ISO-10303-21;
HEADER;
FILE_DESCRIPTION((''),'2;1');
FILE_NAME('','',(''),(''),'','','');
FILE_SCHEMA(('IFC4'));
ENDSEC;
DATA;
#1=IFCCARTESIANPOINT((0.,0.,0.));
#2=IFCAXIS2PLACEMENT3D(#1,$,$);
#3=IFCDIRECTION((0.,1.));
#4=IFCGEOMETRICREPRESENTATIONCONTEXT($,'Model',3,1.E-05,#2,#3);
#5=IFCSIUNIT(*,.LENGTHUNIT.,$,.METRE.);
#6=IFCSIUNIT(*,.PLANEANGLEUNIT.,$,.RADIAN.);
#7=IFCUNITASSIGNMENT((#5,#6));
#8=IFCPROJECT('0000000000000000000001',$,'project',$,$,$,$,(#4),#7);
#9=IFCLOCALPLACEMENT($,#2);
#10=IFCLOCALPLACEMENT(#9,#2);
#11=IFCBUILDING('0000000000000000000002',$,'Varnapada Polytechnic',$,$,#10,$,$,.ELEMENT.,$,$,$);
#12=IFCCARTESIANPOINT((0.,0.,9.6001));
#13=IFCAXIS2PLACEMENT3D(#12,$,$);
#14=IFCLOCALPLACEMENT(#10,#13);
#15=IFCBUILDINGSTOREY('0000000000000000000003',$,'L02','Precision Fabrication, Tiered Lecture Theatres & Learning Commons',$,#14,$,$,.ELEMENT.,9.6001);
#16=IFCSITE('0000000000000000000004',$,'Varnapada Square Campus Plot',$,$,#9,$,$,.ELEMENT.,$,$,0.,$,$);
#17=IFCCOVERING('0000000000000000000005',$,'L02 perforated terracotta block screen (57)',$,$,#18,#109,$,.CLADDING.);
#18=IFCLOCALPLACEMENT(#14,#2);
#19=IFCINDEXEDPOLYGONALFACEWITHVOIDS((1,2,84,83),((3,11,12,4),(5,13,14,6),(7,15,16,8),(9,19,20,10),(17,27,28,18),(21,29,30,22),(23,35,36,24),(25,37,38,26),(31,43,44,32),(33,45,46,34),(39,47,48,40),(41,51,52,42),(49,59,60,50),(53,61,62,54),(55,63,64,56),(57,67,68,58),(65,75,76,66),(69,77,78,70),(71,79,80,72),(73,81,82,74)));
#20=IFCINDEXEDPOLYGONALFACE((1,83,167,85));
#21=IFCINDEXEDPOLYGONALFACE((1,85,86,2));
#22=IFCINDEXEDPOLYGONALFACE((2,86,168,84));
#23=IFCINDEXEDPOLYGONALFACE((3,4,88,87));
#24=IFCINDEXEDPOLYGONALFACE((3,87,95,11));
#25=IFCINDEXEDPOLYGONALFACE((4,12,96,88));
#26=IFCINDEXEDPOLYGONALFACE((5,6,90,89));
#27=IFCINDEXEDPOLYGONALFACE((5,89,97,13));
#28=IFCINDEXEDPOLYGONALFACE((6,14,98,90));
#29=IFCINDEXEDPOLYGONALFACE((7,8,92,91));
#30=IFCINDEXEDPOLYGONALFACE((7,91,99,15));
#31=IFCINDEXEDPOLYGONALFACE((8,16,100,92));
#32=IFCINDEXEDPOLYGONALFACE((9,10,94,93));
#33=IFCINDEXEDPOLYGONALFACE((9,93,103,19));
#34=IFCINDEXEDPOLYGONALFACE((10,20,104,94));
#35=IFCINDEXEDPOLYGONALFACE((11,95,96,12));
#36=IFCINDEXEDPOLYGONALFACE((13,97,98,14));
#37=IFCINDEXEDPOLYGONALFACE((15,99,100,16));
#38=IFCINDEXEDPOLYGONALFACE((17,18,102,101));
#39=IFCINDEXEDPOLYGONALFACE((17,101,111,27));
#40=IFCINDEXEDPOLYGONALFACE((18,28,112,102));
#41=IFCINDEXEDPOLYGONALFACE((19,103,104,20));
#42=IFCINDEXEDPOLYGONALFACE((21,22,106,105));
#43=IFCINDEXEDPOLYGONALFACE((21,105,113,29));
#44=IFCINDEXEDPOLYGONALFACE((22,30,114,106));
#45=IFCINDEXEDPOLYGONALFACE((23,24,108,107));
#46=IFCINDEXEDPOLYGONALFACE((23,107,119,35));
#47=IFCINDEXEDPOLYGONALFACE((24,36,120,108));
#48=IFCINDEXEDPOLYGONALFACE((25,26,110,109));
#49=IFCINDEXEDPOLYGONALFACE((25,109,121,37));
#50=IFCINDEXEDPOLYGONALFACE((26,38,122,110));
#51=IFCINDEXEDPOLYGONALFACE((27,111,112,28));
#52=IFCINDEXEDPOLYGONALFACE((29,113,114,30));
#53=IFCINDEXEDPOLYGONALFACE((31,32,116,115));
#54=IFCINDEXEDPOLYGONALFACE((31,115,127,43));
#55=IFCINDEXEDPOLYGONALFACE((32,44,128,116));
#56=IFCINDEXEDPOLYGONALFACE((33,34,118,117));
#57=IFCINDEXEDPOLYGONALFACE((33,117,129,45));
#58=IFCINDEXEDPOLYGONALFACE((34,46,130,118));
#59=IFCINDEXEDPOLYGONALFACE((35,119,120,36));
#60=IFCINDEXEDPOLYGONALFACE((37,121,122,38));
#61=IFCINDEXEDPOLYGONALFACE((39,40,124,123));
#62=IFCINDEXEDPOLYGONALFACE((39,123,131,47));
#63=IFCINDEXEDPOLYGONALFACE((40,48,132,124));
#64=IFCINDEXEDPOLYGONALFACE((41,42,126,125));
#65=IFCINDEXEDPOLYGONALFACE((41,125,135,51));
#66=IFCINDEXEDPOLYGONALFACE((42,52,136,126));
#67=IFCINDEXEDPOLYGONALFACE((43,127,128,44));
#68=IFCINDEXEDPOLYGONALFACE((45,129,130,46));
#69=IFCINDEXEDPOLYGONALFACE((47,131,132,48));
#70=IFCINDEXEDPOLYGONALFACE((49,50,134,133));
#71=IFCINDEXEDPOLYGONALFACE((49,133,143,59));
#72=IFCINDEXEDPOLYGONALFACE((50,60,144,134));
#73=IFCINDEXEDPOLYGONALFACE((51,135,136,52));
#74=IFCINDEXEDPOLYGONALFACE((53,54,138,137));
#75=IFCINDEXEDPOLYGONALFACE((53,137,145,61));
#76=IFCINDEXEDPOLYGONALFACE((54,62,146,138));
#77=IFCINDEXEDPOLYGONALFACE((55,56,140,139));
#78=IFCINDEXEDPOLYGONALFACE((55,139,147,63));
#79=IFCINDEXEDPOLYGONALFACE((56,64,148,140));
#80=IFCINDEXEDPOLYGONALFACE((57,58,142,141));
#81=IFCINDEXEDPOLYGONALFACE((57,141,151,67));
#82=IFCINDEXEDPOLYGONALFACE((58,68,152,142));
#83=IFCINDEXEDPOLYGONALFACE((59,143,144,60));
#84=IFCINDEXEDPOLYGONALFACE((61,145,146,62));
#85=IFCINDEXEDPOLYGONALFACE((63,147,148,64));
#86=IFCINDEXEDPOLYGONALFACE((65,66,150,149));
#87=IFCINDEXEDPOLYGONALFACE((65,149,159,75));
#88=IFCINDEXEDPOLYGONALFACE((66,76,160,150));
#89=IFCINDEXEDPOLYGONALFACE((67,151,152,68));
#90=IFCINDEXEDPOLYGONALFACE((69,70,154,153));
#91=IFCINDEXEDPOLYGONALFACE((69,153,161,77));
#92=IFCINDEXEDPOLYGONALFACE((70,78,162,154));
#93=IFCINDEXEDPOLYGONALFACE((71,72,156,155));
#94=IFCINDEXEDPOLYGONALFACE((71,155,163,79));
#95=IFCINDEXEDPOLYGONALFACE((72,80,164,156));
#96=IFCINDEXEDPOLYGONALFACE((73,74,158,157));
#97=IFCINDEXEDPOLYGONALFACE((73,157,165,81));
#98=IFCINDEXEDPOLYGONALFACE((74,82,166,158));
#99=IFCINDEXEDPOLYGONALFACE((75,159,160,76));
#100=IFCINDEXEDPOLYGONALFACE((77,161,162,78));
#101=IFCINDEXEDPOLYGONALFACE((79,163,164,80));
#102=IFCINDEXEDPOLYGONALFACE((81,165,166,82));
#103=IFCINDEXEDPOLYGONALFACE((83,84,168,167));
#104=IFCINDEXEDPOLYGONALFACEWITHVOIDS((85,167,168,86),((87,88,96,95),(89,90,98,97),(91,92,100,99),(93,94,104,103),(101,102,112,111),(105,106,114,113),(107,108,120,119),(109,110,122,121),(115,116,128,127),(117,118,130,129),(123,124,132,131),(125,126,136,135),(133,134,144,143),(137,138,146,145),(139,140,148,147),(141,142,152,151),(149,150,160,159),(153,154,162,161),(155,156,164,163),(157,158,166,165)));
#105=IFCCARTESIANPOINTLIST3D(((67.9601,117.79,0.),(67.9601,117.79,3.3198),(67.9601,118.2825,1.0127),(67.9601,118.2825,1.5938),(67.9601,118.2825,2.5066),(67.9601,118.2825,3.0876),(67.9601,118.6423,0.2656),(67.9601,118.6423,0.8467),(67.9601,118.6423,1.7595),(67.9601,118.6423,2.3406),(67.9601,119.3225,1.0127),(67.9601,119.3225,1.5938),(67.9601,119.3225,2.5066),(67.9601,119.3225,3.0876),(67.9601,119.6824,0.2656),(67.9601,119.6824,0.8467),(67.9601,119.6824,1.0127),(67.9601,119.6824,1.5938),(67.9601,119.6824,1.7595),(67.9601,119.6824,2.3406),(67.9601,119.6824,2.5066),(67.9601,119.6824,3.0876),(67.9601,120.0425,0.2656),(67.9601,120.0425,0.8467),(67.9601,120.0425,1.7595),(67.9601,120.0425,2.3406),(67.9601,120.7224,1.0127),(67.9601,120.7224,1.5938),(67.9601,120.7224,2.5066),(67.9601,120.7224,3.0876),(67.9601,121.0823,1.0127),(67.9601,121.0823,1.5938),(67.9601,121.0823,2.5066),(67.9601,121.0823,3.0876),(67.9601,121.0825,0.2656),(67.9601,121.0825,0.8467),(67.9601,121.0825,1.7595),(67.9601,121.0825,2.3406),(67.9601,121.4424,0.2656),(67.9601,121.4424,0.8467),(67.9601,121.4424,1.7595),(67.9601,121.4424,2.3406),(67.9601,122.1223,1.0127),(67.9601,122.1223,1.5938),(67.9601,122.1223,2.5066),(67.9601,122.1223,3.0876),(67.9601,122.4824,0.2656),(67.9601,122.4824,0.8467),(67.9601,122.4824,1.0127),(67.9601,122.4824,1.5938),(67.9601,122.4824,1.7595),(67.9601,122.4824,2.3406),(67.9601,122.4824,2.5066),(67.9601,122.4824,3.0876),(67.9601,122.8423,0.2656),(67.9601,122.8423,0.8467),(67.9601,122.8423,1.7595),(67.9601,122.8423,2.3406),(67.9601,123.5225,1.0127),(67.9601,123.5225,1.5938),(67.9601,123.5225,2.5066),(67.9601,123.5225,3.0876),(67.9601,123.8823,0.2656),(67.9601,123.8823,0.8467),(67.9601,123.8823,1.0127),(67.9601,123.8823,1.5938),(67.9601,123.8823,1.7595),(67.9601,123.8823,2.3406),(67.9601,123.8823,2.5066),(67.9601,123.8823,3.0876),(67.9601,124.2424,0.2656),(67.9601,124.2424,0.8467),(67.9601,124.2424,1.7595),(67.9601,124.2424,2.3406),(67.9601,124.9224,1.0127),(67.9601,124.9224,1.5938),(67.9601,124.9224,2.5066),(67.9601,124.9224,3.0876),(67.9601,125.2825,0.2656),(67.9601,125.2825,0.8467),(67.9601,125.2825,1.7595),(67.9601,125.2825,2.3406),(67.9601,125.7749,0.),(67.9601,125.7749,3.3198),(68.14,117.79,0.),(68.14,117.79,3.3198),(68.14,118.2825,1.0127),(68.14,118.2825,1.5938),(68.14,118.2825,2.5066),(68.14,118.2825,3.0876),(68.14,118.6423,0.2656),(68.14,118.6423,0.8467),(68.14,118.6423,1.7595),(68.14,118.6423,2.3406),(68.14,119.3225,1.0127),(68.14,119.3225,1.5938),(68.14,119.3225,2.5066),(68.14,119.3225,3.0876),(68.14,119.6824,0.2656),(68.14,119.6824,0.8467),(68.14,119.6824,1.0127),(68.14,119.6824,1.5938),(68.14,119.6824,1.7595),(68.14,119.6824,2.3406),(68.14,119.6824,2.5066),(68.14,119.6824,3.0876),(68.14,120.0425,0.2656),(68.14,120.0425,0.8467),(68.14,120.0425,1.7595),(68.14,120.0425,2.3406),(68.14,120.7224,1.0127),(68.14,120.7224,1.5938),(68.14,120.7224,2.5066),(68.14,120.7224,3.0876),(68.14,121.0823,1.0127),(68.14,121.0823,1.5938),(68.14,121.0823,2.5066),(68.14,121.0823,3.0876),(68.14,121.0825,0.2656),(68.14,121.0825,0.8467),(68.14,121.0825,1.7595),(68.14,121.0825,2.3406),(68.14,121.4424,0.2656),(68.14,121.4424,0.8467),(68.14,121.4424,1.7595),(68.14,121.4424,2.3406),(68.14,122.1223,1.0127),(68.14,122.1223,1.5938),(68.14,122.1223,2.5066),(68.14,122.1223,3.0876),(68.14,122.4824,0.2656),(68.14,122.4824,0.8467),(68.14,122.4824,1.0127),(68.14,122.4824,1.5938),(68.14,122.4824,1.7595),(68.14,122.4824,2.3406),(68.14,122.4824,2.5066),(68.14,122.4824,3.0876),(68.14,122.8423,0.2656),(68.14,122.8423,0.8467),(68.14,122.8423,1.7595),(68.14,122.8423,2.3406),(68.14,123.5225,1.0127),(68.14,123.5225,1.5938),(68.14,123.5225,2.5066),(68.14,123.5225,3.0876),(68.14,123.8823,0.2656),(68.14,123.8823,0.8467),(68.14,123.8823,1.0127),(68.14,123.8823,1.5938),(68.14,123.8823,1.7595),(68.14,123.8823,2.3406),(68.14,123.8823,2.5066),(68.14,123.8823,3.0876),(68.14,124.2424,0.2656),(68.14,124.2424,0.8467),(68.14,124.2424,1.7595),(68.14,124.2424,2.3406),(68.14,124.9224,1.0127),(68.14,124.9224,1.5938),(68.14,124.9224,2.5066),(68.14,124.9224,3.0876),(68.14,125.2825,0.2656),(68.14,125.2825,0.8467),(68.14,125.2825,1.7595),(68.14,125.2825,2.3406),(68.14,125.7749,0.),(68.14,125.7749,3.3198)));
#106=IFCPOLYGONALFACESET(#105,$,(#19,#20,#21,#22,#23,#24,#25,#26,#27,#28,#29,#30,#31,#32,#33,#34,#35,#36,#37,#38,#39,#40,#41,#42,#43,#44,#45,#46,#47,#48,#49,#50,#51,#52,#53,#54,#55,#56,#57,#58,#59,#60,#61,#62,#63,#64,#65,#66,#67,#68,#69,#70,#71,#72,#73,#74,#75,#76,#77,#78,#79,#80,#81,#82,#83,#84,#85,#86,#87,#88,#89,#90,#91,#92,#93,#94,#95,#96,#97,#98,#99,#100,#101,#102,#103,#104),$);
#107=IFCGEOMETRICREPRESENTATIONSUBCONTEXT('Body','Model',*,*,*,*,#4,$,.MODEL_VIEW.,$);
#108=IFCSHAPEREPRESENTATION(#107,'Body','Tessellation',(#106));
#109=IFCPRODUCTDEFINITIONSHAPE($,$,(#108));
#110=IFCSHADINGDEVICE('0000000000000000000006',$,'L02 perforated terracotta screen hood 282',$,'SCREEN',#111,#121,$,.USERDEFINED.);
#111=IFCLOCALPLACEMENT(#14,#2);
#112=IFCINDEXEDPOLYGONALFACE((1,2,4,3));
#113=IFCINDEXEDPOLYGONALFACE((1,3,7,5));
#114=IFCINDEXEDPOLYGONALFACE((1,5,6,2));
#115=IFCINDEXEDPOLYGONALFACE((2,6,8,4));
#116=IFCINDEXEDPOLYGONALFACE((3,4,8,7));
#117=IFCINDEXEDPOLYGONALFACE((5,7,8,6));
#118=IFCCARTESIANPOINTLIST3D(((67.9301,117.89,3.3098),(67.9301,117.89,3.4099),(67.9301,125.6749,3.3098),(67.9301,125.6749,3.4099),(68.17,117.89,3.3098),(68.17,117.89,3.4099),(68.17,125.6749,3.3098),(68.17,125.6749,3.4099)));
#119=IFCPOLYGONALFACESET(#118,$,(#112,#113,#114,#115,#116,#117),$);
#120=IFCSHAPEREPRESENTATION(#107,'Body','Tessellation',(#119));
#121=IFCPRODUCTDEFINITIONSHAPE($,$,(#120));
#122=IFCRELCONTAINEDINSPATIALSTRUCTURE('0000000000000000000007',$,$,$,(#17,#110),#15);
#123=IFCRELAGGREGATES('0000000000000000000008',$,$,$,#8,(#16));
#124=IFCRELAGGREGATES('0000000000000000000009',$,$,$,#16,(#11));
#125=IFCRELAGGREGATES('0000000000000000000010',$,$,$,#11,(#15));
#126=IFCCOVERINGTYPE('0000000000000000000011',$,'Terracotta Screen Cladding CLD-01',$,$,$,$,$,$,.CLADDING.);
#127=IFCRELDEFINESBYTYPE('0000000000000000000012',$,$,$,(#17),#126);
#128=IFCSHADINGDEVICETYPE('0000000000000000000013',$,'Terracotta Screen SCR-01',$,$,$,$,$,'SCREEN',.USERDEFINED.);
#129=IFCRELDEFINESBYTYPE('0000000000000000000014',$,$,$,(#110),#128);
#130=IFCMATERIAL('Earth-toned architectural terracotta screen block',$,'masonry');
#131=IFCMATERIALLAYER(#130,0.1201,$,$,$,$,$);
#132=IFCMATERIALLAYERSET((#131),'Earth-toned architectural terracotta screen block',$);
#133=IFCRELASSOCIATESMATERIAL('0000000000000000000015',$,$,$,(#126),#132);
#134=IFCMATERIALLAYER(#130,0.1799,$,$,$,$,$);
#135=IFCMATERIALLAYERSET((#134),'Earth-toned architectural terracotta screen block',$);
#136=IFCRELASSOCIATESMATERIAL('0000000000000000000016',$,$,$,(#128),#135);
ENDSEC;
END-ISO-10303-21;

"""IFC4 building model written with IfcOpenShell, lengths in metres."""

from ifc_helpers import new_model, si_unit, direction, frame, frame_2d, origin, origin_2d, place, context, subcontext, project, spatial, rectangle, extrude, material, layer, layer_set, type_object, element, save


model = new_model("IFC4")

# Units and contexts
model_context = context("Model", 3, precision=1e-05, world=origin(), true_north=direction((0.0, 1.0)))
body_context = subcontext(model_context, "Body", "Model", "MODEL_VIEW")
ifc_project = project(units=[si_unit("LENGTHUNIT", "METRE"), si_unit("PLANEANGLEUNIT", "RADIAN")], contexts=[model_context])

# Site, building, storey
site_placement = place(None, origin())
site = spatial("IfcSite", under=ifc_project, at=site_placement, Name="Varnapada Square Campus Plot", CompositionType="ELEMENT", RefElevation=0.0)
building_placement = place(site_placement, origin())
building = spatial("IfcBuilding", under=site, at=building_placement, Name="Varnapada Polytechnic", CompositionType="ELEMENT")
storey_placement = place(building_placement, frame((0.0, 0.0, 9.6001)))
storey = spatial("IfcBuildingStorey", under=building, at=storey_placement, Name="L02", Description="Precision Fabrication, Tiered Lecture Theatres & Learning Commons", CompositionType="ELEMENT", Elevation=9.6001)

# Covering, openings
ifc_material_1 = material(Name="Earth-toned architectural terracotta screen block", Category="masonry")
ifc_layer_1 = layer(ifc_material_1, 0.1201)
ifc_layer_set_1 = layer_set([ifc_layer_1], Name="Earth-toned architectural terracotta screen block")
covering_type = type_object("IfcCoveringType", Name="Terracotta Screen Cladding CLD-01", PredefinedType="CLADDING", material=ifc_layer_set_1)
covering_placement = place(storey_placement, frame((68.05, 125.7749, 0.0), z_axis=(0.0, 0.0, 1.0), x_axis=(0.0, -1.0, 0.0)))
covering = element("IfcCovering", 1, at=covering_placement, inside=storey, type_object=covering_type, Name="L02 perforated terracotta block screen (57)", PredefinedType="CLADDING", context=body_context, shape_type="SweptSolid", body=[
    extrude(rectangle(XDim=7.9849, YDim=0.1799, at=frame_2d((3.9924, 0.0))), origin(), (0.0, 0.0, 1.0), 3.3198),
])
opening_1_placement = place(covering_placement, frame((0.4924, 0.0, 0.2656)))
element("IfcOpeningElement", 2, at=opening_1_placement, cuts=covering, PredefinedType="OPENING", context=body_context, shape_type="SweptSolid", body=[
    extrude(rectangle(XDim=1.04, YDim=0.5811, at=frame_2d((0.52, 0.2905))), frame((0.0, 0.0999, 0.0), z_axis=(0.0, -1.0, 0.0), x_axis=(1.0, 0.0, 0.0)), (0.0, 0.0, 1.0), 0.2),
])
opening_2_placement = place(covering_placement, frame((1.8926, 0.0, 0.2656)))
element("IfcOpeningElement", 3, at=opening_2_placement, cuts=covering, PredefinedType="OPENING", context=body_context, shape_type="SweptSolid", body=[
    extrude(rectangle(XDim=1.04, YDim=0.5811, at=frame_2d((0.52, 0.2905))), frame((0.0, 0.0999, 0.0), z_axis=(0.0, -1.0, 0.0), x_axis=(1.0, 0.0, 0.0)), (0.0, 0.0, 1.0), 0.2),
])
opening_3_placement = place(covering_placement, frame((3.2925, 0.0, 0.2656)))
element("IfcOpeningElement", 4, at=opening_3_placement, cuts=covering, PredefinedType="OPENING", context=body_context, shape_type="SweptSolid", body=[
    extrude(rectangle(XDim=1.04, YDim=0.5811, at=frame_2d((0.52, 0.2905))), frame((0.0, 0.0999, 0.0), z_axis=(0.0, -1.0, 0.0), x_axis=(1.0, 0.0, 0.0)), (0.0, 0.0, 1.0), 0.2),
])
opening_4_placement = place(covering_placement, frame((4.6924, 0.0, 0.2656)))
element("IfcOpeningElement", 5, at=opening_4_placement, cuts=covering, PredefinedType="OPENING", context=body_context, shape_type="SweptSolid", body=[
    extrude(rectangle(XDim=1.04, YDim=0.5811, at=frame_2d((0.52, 0.2905))), frame((0.0, 0.0999, 0.0), z_axis=(0.0, -1.0, 0.0), x_axis=(1.0, 0.0, 0.0)), (0.0, 0.0, 1.0), 0.2),
])
opening_5_placement = place(covering_placement, frame((6.0925, 0.0, 0.2656)))
element("IfcOpeningElement", 6, at=opening_5_placement, cuts=covering, PredefinedType="OPENING", context=body_context, shape_type="SweptSolid", body=[
    extrude(rectangle(XDim=1.04, YDim=0.5811, at=frame_2d((0.52, 0.2905))), frame((0.0, 0.0999, 0.0), z_axis=(0.0, -1.0, 0.0), x_axis=(1.0, 0.0, 0.0)), (0.0, 0.0, 1.0), 0.2),
])
opening_6_placement = place(covering_placement, frame((0.8525, 0.0, 1.0127)))
element("IfcOpeningElement", 7, at=opening_6_placement, cuts=covering, PredefinedType="OPENING", context=body_context, shape_type="SweptSolid", body=[
    extrude(rectangle(XDim=1.04, YDim=0.5811, at=frame_2d((0.52, 0.2905))), frame((0.0, 0.0999, 0.0), z_axis=(0.0, -1.0, 0.0), x_axis=(1.0, 0.0, 0.0)), (0.0, 0.0, 1.0), 0.2),
])
opening_7_placement = place(covering_placement, frame((2.2524, 0.0, 1.0127)))
element("IfcOpeningElement", 8, at=opening_7_placement, cuts=covering, PredefinedType="OPENING", context=body_context, shape_type="SweptSolid", body=[
    extrude(rectangle(XDim=1.04, YDim=0.5811, at=frame_2d((0.52, 0.2905))), frame((0.0, 0.0999, 0.0), z_axis=(0.0, -1.0, 0.0), x_axis=(1.0, 0.0, 0.0)), (0.0, 0.0, 1.0), 0.2),
])
opening_8_placement = place(covering_placement, frame((3.6526, 0.0, 1.0127)))
element("IfcOpeningElement", 9, at=opening_8_placement, cuts=covering, PredefinedType="OPENING", context=body_context, shape_type="SweptSolid", body=[
    extrude(rectangle(XDim=1.04, YDim=0.5811, at=frame_2d((0.52, 0.2905))), frame((0.0, 0.0999, 0.0), z_axis=(0.0, -1.0, 0.0), x_axis=(1.0, 0.0, 0.0)), (0.0, 0.0, 1.0), 0.2),
])
opening_9_placement = place(covering_placement, frame((5.0525, 0.0, 1.0127)))
element("IfcOpeningElement", 10, at=opening_9_placement, cuts=covering, PredefinedType="OPENING", context=body_context, shape_type="SweptSolid", body=[
    extrude(rectangle(XDim=1.04, YDim=0.5811, at=frame_2d((0.52, 0.2905))), frame((0.0, 0.0999, 0.0), z_axis=(0.0, -1.0, 0.0), x_axis=(1.0, 0.0, 0.0)), (0.0, 0.0, 1.0), 0.2),
])
opening_10_placement = place(covering_placement, frame((6.4524, 0.0, 1.0127)))
element("IfcOpeningElement", 11, at=opening_10_placement, cuts=covering, PredefinedType="OPENING", context=body_context, shape_type="SweptSolid", body=[
    extrude(rectangle(XDim=1.04, YDim=0.5811, at=frame_2d((0.52, 0.2905))), frame((0.0, 0.0999, 0.0), z_axis=(0.0, -1.0, 0.0), x_axis=(1.0, 0.0, 0.0)), (0.0, 0.0, 1.0), 0.2),
])
opening_11_placement = place(covering_placement, frame((0.4924, 0.0, 1.7595)))
element("IfcOpeningElement", 12, at=opening_11_placement, cuts=covering, PredefinedType="OPENING", context=body_context, shape_type="SweptSolid", body=[
    extrude(rectangle(XDim=1.04, YDim=0.5811, at=frame_2d((0.52, 0.2905))), frame((0.0, 0.0999, 0.0), z_axis=(0.0, -1.0, 0.0), x_axis=(1.0, 0.0, 0.0)), (0.0, 0.0, 1.0), 0.2),
])
opening_12_placement = place(covering_placement, frame((1.8926, 0.0, 1.7595)))
element("IfcOpeningElement", 13, at=opening_12_placement, cuts=covering, PredefinedType="OPENING", context=body_context, shape_type="SweptSolid", body=[
    extrude(rectangle(XDim=1.04, YDim=0.5811, at=frame_2d((0.52, 0.2905))), frame((0.0, 0.0999, 0.0), z_axis=(0.0, -1.0, 0.0), x_axis=(1.0, 0.0, 0.0)), (0.0, 0.0, 1.0), 0.2),
])
opening_13_placement = place(covering_placement, frame((3.2925, 0.0, 1.7595)))
element("IfcOpeningElement", 14, at=opening_13_placement, cuts=covering, PredefinedType="OPENING", context=body_context, shape_type="SweptSolid", body=[
    extrude(rectangle(XDim=1.04, YDim=0.5811, at=frame_2d((0.52, 0.2905))), frame((0.0, 0.0999, 0.0), z_axis=(0.0, -1.0, 0.0), x_axis=(1.0, 0.0, 0.0)), (0.0, 0.0, 1.0), 0.2),
])
opening_14_placement = place(covering_placement, frame((4.6924, 0.0, 1.7595)))
element("IfcOpeningElement", 15, at=opening_14_placement, cuts=covering, PredefinedType="OPENING", context=body_context, shape_type="SweptSolid", body=[
    extrude(rectangle(XDim=1.04, YDim=0.5811, at=frame_2d((0.52, 0.2905))), frame((0.0, 0.0999, 0.0), z_axis=(0.0, -1.0, 0.0), x_axis=(1.0, 0.0, 0.0)), (0.0, 0.0, 1.0), 0.2),
])
opening_15_placement = place(covering_placement, frame((6.0925, 0.0, 1.7595)))
element("IfcOpeningElement", 16, at=opening_15_placement, cuts=covering, PredefinedType="OPENING", context=body_context, shape_type="SweptSolid", body=[
    extrude(rectangle(XDim=1.04, YDim=0.5811, at=frame_2d((0.52, 0.2905))), frame((0.0, 0.0999, 0.0), z_axis=(0.0, -1.0, 0.0), x_axis=(1.0, 0.0, 0.0)), (0.0, 0.0, 1.0), 0.2),
])
opening_16_placement = place(covering_placement, frame((0.8525, 0.0, 2.5066)))
element("IfcOpeningElement", 17, at=opening_16_placement, cuts=covering, PredefinedType="OPENING", context=body_context, shape_type="SweptSolid", body=[
    extrude(rectangle(XDim=1.04, YDim=0.5811, at=frame_2d((0.52, 0.2905))), frame((0.0, 0.0999, 0.0), z_axis=(0.0, -1.0, 0.0), x_axis=(1.0, 0.0, 0.0)), (0.0, 0.0, 1.0), 0.2),
])
opening_17_placement = place(covering_placement, frame((2.2524, 0.0, 2.5066)))
element("IfcOpeningElement", 18, at=opening_17_placement, cuts=covering, PredefinedType="OPENING", context=body_context, shape_type="SweptSolid", body=[
    extrude(rectangle(XDim=1.04, YDim=0.5811, at=frame_2d((0.52, 0.2905))), frame((0.0, 0.0999, 0.0), z_axis=(0.0, -1.0, 0.0), x_axis=(1.0, 0.0, 0.0)), (0.0, 0.0, 1.0), 0.2),
])
opening_18_placement = place(covering_placement, frame((3.6526, 0.0, 2.5066)))
element("IfcOpeningElement", 19, at=opening_18_placement, cuts=covering, PredefinedType="OPENING", context=body_context, shape_type="SweptSolid", body=[
    extrude(rectangle(XDim=1.04, YDim=0.5811, at=frame_2d((0.52, 0.2905))), frame((0.0, 0.0999, 0.0), z_axis=(0.0, -1.0, 0.0), x_axis=(1.0, 0.0, 0.0)), (0.0, 0.0, 1.0), 0.2),
])
opening_19_placement = place(covering_placement, frame((5.0525, 0.0, 2.5066)))
element("IfcOpeningElement", 20, at=opening_19_placement, cuts=covering, PredefinedType="OPENING", context=body_context, shape_type="SweptSolid", body=[
    extrude(rectangle(XDim=1.04, YDim=0.5811, at=frame_2d((0.52, 0.2905))), frame((0.0, 0.0999, 0.0), z_axis=(0.0, -1.0, 0.0), x_axis=(1.0, 0.0, 0.0)), (0.0, 0.0, 1.0), 0.2),
])
opening_20_placement = place(covering_placement, frame((6.4524, 0.0, 2.5066)))
element("IfcOpeningElement", 21, at=opening_20_placement, cuts=covering, PredefinedType="OPENING", context=body_context, shape_type="SweptSolid", body=[
    extrude(rectangle(XDim=1.04, YDim=0.5811, at=frame_2d((0.52, 0.2905))), frame((0.0, 0.0999, 0.0), z_axis=(0.0, -1.0, 0.0), x_axis=(1.0, 0.0, 0.0)), (0.0, 0.0, 1.0), 0.2),
])

# Shading device
ifc_layer_2 = layer(ifc_material_1, 0.1799)
ifc_layer_set_2 = layer_set([ifc_layer_2], Name="Earth-toned architectural terracotta screen block")
shading_device_type = type_object("IfcShadingDeviceType", Name="Terracotta Screen SCR-01", ElementType="SCREEN", PredefinedType="USERDEFINED", material=ifc_layer_set_2)
shading_device_placement = place(storey_placement, frame((68.05, 121.7825, 3.3098), z_axis=(0.0, 0.0, 1.0), x_axis=(0.0, -1.0, 0.0)))
element("IfcShadingDevice", 22, at=shading_device_placement, inside=storey, type_object=shading_device_type, Name="L02 perforated terracotta screen hood 282", ObjectType="SCREEN", PredefinedType="USERDEFINED", context=body_context, shape_type="SweptSolid", body=[
    extrude(rectangle(XDim=7.7849, YDim=0.24, at=origin_2d()), origin(), (0.0, 0.0, 1.0), 0.1001),
])

save(model, "model.ifc")
